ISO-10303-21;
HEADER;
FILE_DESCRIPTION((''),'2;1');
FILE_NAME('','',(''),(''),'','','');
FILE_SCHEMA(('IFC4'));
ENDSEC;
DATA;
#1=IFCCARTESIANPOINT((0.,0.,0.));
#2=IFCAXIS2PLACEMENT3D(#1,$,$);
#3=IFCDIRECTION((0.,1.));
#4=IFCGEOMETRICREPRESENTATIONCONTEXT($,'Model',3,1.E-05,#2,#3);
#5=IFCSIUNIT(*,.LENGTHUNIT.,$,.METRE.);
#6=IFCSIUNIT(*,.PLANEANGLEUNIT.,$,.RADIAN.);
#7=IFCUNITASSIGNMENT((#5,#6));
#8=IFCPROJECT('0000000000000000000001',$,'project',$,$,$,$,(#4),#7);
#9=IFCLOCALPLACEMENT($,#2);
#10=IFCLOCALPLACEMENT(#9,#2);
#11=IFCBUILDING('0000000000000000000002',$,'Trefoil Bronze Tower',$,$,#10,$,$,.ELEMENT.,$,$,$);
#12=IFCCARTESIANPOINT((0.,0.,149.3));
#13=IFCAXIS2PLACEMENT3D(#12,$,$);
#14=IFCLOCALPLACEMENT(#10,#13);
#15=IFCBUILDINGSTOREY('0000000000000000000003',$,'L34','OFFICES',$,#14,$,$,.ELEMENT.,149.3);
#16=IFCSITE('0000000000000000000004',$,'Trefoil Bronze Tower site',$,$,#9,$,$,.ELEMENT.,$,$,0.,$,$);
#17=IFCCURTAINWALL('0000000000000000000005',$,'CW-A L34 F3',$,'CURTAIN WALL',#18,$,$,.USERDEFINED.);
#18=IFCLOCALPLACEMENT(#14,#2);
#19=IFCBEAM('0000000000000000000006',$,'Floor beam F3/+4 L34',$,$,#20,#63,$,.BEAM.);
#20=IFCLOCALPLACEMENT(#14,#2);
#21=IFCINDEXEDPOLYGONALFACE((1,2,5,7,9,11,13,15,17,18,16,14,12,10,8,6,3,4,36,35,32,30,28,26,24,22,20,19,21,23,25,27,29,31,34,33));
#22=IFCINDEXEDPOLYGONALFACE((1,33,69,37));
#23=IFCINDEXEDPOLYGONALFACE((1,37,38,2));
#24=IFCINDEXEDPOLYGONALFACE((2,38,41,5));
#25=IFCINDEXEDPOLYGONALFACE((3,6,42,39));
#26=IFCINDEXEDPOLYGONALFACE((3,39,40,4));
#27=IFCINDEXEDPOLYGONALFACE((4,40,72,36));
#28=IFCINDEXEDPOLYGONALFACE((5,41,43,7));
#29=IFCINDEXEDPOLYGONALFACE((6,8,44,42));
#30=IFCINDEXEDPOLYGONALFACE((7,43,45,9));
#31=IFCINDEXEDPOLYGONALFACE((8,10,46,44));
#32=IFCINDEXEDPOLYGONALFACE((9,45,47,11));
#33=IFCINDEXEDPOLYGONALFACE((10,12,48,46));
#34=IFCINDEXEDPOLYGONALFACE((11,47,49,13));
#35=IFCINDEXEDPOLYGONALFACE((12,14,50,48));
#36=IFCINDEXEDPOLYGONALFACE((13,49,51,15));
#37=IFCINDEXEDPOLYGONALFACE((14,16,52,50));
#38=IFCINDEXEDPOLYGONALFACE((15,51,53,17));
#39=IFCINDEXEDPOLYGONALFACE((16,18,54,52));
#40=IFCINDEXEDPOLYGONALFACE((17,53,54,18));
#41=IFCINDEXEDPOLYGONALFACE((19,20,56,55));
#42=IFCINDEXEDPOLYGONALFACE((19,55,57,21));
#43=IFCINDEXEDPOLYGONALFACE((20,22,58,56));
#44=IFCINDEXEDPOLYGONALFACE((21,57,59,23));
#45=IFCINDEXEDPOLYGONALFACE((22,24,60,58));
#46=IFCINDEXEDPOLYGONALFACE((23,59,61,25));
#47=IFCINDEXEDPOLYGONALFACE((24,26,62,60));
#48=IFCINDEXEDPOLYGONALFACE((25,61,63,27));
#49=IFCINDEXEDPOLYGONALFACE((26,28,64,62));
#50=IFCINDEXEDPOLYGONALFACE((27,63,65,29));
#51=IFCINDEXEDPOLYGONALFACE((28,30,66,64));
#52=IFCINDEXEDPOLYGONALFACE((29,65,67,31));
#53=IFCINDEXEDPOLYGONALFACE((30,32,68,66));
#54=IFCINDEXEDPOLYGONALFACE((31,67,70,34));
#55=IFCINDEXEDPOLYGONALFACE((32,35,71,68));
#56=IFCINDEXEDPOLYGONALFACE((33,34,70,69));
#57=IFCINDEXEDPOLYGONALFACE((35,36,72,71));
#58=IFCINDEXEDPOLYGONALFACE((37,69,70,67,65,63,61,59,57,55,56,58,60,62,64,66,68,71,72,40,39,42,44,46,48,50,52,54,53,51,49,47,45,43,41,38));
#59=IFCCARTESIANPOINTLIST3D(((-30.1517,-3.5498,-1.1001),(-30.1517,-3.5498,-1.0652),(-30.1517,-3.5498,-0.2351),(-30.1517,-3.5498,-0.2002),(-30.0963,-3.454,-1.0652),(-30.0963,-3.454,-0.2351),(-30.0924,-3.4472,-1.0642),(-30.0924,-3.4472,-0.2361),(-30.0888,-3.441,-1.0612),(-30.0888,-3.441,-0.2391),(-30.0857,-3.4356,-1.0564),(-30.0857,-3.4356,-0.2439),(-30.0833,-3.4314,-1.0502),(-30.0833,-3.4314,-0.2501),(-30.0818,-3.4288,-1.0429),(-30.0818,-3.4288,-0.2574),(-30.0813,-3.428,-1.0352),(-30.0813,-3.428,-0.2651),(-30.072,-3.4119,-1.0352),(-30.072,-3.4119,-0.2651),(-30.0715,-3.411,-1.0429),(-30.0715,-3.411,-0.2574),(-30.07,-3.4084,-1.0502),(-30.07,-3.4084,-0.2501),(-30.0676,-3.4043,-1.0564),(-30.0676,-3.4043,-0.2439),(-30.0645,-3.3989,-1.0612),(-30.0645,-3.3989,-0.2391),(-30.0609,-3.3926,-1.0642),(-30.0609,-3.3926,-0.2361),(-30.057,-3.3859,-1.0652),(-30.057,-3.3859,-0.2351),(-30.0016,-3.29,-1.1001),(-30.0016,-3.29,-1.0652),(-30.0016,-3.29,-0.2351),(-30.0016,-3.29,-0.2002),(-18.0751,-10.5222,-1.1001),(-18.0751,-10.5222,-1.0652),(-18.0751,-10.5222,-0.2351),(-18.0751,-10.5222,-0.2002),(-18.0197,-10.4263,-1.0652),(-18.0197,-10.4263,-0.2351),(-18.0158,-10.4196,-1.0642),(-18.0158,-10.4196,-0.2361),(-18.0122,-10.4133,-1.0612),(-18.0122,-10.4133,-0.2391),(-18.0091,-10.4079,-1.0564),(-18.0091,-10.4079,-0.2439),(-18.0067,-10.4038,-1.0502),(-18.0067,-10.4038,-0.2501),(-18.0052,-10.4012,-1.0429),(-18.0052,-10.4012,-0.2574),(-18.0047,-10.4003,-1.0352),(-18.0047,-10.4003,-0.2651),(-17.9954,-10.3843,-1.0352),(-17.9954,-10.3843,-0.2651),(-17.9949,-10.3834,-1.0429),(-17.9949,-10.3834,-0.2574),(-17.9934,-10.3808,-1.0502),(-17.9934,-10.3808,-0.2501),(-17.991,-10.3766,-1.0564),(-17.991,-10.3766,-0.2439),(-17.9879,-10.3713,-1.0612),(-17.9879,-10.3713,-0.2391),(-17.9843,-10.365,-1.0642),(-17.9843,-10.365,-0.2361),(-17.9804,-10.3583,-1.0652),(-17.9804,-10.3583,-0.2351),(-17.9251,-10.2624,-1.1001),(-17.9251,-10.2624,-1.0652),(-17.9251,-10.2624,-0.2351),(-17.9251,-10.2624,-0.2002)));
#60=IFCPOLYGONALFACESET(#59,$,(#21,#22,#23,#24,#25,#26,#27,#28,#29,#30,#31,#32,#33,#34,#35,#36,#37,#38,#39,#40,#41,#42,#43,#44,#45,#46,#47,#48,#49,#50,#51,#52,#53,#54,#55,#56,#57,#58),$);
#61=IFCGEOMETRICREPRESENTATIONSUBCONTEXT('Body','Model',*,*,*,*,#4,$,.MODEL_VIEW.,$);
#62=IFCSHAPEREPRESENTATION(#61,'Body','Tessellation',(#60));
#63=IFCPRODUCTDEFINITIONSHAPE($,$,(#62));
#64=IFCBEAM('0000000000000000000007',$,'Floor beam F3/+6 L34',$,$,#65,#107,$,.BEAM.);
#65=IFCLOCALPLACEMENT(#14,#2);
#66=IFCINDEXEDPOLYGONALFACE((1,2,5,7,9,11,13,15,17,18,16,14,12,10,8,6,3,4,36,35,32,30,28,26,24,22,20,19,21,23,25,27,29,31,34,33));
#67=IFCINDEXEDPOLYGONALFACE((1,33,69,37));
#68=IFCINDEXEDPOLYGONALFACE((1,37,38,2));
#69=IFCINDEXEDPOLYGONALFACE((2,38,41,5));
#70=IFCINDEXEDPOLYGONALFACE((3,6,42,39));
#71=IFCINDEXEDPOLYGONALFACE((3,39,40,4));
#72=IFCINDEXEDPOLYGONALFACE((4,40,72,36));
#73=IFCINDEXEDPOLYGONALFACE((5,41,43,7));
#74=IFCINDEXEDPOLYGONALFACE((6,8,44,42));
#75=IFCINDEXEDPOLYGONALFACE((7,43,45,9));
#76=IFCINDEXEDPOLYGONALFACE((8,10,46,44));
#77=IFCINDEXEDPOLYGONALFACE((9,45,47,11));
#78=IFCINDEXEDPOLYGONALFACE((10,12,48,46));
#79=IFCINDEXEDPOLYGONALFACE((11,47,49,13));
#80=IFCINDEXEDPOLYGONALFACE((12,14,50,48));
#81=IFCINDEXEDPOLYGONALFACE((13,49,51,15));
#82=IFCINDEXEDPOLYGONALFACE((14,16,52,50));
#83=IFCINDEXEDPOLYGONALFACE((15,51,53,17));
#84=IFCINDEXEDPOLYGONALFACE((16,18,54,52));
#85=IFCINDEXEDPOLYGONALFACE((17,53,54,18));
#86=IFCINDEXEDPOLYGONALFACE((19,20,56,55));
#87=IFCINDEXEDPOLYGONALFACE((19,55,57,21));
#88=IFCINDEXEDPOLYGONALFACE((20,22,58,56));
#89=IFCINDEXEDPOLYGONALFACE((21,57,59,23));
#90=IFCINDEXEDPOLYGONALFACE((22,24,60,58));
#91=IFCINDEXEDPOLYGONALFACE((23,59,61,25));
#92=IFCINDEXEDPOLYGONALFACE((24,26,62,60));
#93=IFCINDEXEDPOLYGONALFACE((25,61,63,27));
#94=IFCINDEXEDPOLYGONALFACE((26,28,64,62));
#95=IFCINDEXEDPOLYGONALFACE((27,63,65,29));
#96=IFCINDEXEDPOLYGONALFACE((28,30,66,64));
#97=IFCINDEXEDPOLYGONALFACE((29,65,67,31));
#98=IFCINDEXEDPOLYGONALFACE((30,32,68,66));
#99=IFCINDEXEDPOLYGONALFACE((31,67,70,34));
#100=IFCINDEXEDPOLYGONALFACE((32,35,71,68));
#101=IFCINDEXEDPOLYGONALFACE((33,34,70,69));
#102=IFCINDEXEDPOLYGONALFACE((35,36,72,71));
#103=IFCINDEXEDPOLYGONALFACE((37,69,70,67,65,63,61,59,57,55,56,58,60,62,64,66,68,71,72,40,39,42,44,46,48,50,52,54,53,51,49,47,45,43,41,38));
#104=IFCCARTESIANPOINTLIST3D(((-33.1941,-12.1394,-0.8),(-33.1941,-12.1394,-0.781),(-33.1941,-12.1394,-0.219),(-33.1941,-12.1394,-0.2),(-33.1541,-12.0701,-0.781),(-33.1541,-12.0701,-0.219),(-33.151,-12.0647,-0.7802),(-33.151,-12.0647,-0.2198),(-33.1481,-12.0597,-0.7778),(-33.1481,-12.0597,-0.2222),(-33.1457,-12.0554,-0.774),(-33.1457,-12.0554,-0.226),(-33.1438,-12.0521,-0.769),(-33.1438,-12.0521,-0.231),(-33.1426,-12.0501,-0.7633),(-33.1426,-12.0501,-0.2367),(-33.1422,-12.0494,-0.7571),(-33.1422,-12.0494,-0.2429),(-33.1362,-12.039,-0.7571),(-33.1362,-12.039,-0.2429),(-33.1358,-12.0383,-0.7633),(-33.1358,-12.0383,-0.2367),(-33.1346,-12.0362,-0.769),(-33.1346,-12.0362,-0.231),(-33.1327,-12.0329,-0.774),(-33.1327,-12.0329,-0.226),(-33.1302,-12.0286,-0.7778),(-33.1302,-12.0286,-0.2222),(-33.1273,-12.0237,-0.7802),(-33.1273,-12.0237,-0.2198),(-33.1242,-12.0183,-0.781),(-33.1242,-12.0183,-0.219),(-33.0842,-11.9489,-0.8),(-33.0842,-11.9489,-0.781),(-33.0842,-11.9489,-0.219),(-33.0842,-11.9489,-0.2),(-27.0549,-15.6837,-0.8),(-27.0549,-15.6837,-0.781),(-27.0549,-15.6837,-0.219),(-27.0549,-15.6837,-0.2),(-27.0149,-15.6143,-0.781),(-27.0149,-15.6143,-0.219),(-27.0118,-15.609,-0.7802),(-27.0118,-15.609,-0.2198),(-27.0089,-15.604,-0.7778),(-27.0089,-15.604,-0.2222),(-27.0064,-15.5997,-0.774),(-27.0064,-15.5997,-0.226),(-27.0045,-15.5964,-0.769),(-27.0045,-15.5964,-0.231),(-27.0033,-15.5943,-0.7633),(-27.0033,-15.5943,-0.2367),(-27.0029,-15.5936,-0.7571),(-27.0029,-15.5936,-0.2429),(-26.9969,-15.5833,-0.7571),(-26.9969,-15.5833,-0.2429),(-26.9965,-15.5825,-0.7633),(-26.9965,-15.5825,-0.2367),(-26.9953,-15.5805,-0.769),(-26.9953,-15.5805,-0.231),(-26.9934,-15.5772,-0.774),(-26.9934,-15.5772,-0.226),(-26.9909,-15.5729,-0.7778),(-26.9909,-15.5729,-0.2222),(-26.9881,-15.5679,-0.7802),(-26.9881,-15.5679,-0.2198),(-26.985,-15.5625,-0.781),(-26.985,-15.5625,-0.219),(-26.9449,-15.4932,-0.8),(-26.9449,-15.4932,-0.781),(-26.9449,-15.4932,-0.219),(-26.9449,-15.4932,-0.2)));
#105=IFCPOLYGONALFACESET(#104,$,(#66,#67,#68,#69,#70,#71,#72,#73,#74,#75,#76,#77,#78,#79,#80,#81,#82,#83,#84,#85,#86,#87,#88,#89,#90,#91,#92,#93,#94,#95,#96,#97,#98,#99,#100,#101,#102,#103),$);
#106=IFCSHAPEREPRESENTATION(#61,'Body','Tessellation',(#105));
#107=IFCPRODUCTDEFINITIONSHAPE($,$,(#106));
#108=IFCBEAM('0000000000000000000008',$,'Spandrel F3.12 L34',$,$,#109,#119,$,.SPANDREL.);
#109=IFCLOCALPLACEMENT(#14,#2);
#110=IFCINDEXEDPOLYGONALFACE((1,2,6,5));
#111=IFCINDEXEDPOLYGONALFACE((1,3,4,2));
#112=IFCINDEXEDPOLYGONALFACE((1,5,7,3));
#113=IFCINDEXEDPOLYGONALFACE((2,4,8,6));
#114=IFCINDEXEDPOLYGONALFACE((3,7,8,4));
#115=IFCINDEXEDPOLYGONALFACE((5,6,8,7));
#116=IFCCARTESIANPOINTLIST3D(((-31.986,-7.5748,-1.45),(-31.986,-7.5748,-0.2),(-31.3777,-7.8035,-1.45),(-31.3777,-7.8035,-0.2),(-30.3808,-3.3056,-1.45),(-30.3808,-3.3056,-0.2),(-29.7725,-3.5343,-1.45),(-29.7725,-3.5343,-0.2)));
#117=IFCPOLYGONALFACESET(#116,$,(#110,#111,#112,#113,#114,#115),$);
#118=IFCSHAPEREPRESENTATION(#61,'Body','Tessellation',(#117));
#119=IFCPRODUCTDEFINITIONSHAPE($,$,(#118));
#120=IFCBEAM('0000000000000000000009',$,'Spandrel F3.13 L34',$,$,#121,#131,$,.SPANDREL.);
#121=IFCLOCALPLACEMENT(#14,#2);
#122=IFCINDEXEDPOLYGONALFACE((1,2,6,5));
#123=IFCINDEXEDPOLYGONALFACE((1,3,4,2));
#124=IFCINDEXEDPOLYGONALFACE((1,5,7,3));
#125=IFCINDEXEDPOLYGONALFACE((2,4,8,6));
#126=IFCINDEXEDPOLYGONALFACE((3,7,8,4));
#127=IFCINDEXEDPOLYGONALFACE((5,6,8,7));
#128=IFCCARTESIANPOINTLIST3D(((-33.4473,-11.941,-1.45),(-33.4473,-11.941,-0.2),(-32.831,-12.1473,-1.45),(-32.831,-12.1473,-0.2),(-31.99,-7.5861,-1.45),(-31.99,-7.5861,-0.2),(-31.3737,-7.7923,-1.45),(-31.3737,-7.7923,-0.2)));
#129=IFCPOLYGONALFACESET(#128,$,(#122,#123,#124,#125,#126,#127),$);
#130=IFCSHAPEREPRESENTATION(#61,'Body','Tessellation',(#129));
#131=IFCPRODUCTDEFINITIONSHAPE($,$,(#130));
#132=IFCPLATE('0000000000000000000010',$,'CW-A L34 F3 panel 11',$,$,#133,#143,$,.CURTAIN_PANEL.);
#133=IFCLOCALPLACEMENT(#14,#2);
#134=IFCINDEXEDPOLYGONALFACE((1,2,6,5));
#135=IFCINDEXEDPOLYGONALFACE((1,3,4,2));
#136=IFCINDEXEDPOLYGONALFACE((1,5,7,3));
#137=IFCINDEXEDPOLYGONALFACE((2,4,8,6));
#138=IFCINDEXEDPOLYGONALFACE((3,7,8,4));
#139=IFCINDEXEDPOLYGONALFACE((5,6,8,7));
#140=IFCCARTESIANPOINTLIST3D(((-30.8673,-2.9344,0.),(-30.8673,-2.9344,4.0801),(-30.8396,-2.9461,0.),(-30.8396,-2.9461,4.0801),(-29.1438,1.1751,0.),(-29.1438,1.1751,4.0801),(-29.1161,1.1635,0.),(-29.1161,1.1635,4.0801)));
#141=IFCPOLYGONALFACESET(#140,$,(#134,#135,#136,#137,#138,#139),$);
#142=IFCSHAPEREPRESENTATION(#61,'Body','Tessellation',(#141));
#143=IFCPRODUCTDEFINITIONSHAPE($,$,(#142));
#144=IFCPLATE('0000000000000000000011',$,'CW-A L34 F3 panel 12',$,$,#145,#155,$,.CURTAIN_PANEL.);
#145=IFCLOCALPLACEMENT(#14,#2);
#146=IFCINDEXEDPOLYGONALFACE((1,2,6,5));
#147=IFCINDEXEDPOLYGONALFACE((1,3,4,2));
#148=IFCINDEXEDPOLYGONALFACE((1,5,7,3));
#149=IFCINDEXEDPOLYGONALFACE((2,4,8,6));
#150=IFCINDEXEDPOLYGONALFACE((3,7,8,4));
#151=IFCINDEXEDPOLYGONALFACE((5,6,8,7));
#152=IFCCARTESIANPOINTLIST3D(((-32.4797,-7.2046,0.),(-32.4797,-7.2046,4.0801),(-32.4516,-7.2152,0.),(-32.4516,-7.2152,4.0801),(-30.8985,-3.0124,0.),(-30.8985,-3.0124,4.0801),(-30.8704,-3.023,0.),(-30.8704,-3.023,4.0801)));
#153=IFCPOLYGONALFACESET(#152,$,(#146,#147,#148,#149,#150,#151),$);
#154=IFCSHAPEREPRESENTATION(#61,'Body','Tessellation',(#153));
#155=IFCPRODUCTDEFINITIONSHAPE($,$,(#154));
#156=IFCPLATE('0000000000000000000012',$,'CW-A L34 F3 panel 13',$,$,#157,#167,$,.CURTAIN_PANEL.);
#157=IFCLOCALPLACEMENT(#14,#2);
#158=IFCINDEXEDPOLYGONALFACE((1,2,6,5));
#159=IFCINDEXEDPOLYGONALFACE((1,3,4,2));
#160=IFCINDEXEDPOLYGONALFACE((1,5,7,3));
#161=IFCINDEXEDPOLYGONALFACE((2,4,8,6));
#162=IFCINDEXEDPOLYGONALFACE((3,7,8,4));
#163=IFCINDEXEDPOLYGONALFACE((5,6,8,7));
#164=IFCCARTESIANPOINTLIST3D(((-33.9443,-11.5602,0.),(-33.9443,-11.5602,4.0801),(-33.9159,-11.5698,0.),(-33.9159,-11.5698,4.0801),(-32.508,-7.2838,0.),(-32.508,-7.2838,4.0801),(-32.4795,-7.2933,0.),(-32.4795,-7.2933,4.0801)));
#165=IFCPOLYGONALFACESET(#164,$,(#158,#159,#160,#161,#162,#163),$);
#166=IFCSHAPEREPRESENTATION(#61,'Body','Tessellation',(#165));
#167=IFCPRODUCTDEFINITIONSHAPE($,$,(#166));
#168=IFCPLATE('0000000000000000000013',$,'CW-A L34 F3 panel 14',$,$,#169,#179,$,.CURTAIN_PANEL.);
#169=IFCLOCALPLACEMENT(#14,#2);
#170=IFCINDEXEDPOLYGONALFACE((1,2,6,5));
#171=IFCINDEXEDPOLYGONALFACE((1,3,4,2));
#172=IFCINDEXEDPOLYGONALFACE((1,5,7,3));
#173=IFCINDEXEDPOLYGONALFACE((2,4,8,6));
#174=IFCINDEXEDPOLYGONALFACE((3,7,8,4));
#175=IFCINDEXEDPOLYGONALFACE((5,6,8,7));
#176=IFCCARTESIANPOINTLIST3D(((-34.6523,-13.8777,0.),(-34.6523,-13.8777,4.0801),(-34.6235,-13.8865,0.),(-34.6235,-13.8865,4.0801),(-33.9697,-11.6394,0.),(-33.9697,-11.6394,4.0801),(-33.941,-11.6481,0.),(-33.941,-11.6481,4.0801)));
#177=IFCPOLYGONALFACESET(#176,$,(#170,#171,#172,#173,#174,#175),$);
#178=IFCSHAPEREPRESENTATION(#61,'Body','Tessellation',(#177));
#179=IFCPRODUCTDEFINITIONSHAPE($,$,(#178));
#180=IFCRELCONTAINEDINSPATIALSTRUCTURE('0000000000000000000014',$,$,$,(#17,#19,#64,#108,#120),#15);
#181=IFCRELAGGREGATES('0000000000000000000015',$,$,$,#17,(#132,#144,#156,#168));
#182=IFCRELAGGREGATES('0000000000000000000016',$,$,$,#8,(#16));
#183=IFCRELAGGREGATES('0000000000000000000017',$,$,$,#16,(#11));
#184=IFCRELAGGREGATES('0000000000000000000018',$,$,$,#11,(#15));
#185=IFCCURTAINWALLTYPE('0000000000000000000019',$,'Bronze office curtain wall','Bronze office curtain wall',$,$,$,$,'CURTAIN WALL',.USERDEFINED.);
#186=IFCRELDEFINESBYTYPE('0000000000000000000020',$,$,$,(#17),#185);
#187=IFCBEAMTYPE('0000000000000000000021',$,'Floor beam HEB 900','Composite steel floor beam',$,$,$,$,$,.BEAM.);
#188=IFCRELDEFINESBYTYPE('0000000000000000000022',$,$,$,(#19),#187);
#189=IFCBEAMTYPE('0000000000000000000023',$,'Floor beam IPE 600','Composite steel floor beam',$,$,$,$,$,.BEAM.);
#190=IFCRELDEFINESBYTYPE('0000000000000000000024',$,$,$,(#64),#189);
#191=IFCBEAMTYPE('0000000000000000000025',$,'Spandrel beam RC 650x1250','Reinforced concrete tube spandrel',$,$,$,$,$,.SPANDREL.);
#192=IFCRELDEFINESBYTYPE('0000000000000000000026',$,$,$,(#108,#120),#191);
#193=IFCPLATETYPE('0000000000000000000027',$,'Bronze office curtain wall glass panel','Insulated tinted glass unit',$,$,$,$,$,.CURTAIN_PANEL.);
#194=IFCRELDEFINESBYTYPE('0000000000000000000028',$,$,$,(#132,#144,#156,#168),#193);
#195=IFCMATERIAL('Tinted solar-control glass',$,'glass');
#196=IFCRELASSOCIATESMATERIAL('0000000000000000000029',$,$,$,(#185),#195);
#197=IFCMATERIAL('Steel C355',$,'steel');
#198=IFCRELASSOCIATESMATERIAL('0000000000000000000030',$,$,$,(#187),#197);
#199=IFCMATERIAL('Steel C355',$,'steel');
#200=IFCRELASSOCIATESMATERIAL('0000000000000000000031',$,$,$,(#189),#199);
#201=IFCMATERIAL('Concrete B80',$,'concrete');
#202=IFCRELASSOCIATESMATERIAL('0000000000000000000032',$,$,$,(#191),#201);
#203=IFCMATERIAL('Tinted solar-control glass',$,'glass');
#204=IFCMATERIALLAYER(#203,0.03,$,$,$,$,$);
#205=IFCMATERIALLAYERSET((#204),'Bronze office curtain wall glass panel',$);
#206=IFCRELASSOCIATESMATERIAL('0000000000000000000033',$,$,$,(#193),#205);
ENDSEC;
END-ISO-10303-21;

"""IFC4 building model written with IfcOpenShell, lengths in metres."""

from ifc_helpers import new_model, si_unit, direction, frame, origin, origin_2d, place, context, subcontext, project, spatial, rectangle, i_section, extrude, material, layer, layer_set, material_profile, profile_set, type_object, element, aggregate, save


model = new_model("IFC4")

# Units and contexts
model_context = context("Model", 3, precision=1e-05, world=origin(), true_north=direction((0.0, 1.0)))
body_context = subcontext(model_context, "Body", "Model", "MODEL_VIEW")
ifc_project = project(units=[si_unit("LENGTHUNIT", "METRE"), si_unit("PLANEANGLEUNIT", "RADIAN")], contexts=[model_context])

# Site, building, storey
site_placement = place(None, origin())
site = spatial("IfcSite", under=ifc_project, at=site_placement, Name="Trefoil Bronze Tower site", CompositionType="ELEMENT", RefElevation=0.0)
building_placement = place(site_placement, origin())
building = spatial("IfcBuilding", under=site, at=building_placement, Name="Trefoil Bronze Tower", CompositionType="ELEMENT")
storey_placement = place(building_placement, frame((0.0, 0.0, 149.3)))
storey = spatial("IfcBuildingStorey", under=building, at=storey_placement, Name="L34", Description="OFFICES", CompositionType="ELEMENT", Elevation=149.3)

# Curtain wall
ifc_material_1 = material(Name="Tinted solar-control glass", Category="glass")
curtain_wall_type_1 = type_object("IfcCurtainWallType", Name="Bronze office curtain wall", Description="Bronze office curtain wall", ElementType="CURTAIN WALL", PredefinedType="USERDEFINED", material=ifc_material_1)
curtain_wall_1_placement = place(storey_placement, origin())
curtain_wall_1 = element("IfcCurtainWall", 1, at=curtain_wall_1_placement, inside=storey, type_object=curtain_wall_type_1, Name="CW-A L34 F3", ObjectType="CURTAIN WALL", PredefinedType="USERDEFINED")

# Beams
ifc_material_2 = material(Name="Steel C355", Category="steel")
ifc_material_profile_1 = material_profile(ifc_material_2, i_section(OverallWidth=0.3, OverallDepth=0.8999, WebThickness=0.0186, FlangeThickness=0.0349, FilletRadius=0.03, at=origin_2d()), Name="HEB 900")
ifc_profile_set_1 = profile_set([ifc_material_profile_1], Name="Steel C355")
beam_type_1 = type_object("IfcBeamType", Name="Floor beam HEB 900", Description="Composite steel floor beam", PredefinedType="BEAM", material=ifc_profile_set_1)
beam_1_placement = place(storey_placement, frame((-30.0767, -3.4199, -0.6501), z_axis=(0.866027, -0.499997, 0.0), x_axis=(0.499997, 0.866027, 0.0)))
element("IfcBeam", 2, at=beam_1_placement, inside=storey, type_object=beam_type_1, Name="Floor beam F3/+4 L34", PredefinedType="BEAM", context=body_context, shape_type="SweptSolid", body=[
    extrude(i_section(OverallWidth=0.3, OverallDepth=0.8999, WebThickness=0.0186, FlangeThickness=0.0349, FilletRadius=0.03, at=origin_2d()), origin(), (0.0, 0.0, 1.0), 13.9448),
])
ifc_material_3 = material(Name="Steel C355", Category="steel")
ifc_material_profile_2 = material_profile(ifc_material_3, i_section(OverallWidth=0.22, OverallDepth=0.6001, WebThickness=0.012, FlangeThickness=0.019, FilletRadius=0.0239, at=origin_2d()), Name="IPE 600")
ifc_profile_set_2 = profile_set([ifc_material_profile_2], Name="Steel C355")
beam_type_2 = type_object("IfcBeamType", Name="Floor beam IPE 600", Description="Composite steel floor beam", PredefinedType="BEAM", material=ifc_profile_set_2)
beam_2_placement = place(storey_placement, frame((-33.1392, -12.0442, -0.5), z_axis=(0.866041, -0.499973, 0.0), x_axis=(0.499973, 0.866041, 0.0)))
element("IfcBeam", 3, at=beam_2_placement, inside=storey, type_object=beam_type_2, Name="Floor beam F3/+6 L34", PredefinedType="BEAM", context=body_context, shape_type="SweptSolid", body=[
    extrude(i_section(OverallWidth=0.22, OverallDepth=0.6001, WebThickness=0.012, FlangeThickness=0.019, FilletRadius=0.0239, at=origin_2d()), origin(), (0.0, 0.0, 1.0), 7.0889),
])
ifc_material_4 = material(Name="Concrete B80", Category="concrete")
ifc_material_profile_3 = material_profile(ifc_material_4, rectangle(XDim=0.6499, YDim=1.25, at=origin_2d()), Name="RC 650x1250")
ifc_profile_set_3 = profile_set([ifc_material_profile_3], Name="Concrete B80")
beam_type_3 = type_object("IfcBeamType", Name="Spandrel beam RC 650x1250", Description="Reinforced concrete tube spandrel", PredefinedType="SPANDREL", material=ifc_profile_set_3)
beam_3_placement = place(storey_placement, frame((-30.0767, -3.4199, -0.825), z_axis=(-0.351939, -0.936023, 0.0), x_axis=(0.936023, -0.351939, 0.0)))
element("IfcBeam", 4, at=beam_3_placement, inside=storey, type_object=beam_type_3, Name="Spandrel F3.12 L34", PredefinedType="SPANDREL", context=body_context, shape_type="SweptSolid", body=[
    extrude(rectangle(XDim=0.6499, YDim=1.25, at=origin_2d()), origin(), (0.0, 0.0, 1.0), 4.561),
])
beam_4_placement = place(storey_placement, frame((-31.6819, -7.6892, -0.825), z_axis=(-0.317328, -0.948316, 0.0), x_axis=(0.948316, -0.317328, 0.0)))
element("IfcBeam", 5, at=beam_4_placement, inside=storey, type_object=beam_type_3, Name="Spandrel F3.13 L34", PredefinedType="SPANDREL", context=body_context, shape_type="SweptSolid", body=[
    extrude(rectangle(XDim=0.6499, YDim=1.25, at=origin_2d()), origin(), (0.0, 0.0, 1.0), 4.5923),
])

# Plates
ifc_material_5 = material(Name="Tinted solar-control glass", Category="glass")
ifc_layer_1 = layer(ifc_material_5, 0.03)
ifc_layer_set_1 = layer_set([ifc_layer_1], Name="Bronze office curtain wall glass panel")
plate_type_1 = type_object("IfcPlateType", Name="Bronze office curtain wall glass panel", Description="Insulated tinted glass unit", PredefinedType="CURTAIN_PANEL", material=ifc_layer_set_1)
plate_1_placement = place(storey_placement, frame((-29.9917, -0.8855, 0.0), z_axis=(0.0, 0.0, 1.0), x_axis=(-0.386759, -0.922181, 0.0)))
plate_1 = element("IfcPlate", 6, at=plate_1_placement, type_object=plate_type_1, Name="CW-A L34 F3 panel 11", PredefinedType="CURTAIN_PANEL", context=body_context, shape_type="SweptSolid", body=[
    extrude(rectangle(XDim=4.4563, YDim=0.03, at=origin_2d()), origin(), (0.0, 0.0, 1.0), 4.0801),
])
plate_2_placement = place(storey_placement, frame((-31.675, -5.1138, 0.0), z_axis=(0.0, 0.0, 1.0), x_axis=(-0.35292, -0.935654, 0.0)))
plate_2 = element("IfcPlate", 7, at=plate_2_placement, type_object=plate_type_1, Name="CW-A L34 F3 panel 12", PredefinedType="CURTAIN_PANEL", context=body_context, shape_type="SweptSolid", body=[
    extrude(rectangle(XDim=4.4805, YDim=0.03, at=origin_2d()), origin(), (0.0, 0.0, 1.0), 4.0801),
])
plate_3_placement = place(storey_placement, frame((-33.2119, -9.4268, 0.0), z_axis=(0.0, 0.0, 1.0), x_axis=(-0.318404, -0.947955, 0.0)))
plate_3 = element("IfcPlate", 8, at=plate_3_placement, type_object=plate_type_1, Name="CW-A L34 F3 panel 13", PredefinedType="CURTAIN_PANEL", context=body_context, shape_type="SweptSolid", body=[
    extrude(rectangle(XDim=4.5112, YDim=0.03, at=origin_2d()), origin(), (0.0, 0.0, 1.0), 4.0801),
])
plate_4_placement = place(storey_placement, frame((-34.2966, -12.7629, 0.0), z_axis=(0.0, 0.0, 1.0), x_axis=(-0.291669, -0.956519, 0.0)))
plate_4 = element("IfcPlate", 9, at=plate_4_placement, type_object=plate_type_1, Name="CW-A L34 F3 panel 14", PredefinedType="CURTAIN_PANEL", context=body_context, shape_type="SweptSolid", body=[
    extrude(rectangle(XDim=2.3401, YDim=0.03, at=origin_2d()), origin(), (0.0, 0.0, 1.0), 4.0801),
])
aggregate(curtain_wall_1, [plate_1, plate_2, plate_3, plate_4])

save(model, "model.ifc")
